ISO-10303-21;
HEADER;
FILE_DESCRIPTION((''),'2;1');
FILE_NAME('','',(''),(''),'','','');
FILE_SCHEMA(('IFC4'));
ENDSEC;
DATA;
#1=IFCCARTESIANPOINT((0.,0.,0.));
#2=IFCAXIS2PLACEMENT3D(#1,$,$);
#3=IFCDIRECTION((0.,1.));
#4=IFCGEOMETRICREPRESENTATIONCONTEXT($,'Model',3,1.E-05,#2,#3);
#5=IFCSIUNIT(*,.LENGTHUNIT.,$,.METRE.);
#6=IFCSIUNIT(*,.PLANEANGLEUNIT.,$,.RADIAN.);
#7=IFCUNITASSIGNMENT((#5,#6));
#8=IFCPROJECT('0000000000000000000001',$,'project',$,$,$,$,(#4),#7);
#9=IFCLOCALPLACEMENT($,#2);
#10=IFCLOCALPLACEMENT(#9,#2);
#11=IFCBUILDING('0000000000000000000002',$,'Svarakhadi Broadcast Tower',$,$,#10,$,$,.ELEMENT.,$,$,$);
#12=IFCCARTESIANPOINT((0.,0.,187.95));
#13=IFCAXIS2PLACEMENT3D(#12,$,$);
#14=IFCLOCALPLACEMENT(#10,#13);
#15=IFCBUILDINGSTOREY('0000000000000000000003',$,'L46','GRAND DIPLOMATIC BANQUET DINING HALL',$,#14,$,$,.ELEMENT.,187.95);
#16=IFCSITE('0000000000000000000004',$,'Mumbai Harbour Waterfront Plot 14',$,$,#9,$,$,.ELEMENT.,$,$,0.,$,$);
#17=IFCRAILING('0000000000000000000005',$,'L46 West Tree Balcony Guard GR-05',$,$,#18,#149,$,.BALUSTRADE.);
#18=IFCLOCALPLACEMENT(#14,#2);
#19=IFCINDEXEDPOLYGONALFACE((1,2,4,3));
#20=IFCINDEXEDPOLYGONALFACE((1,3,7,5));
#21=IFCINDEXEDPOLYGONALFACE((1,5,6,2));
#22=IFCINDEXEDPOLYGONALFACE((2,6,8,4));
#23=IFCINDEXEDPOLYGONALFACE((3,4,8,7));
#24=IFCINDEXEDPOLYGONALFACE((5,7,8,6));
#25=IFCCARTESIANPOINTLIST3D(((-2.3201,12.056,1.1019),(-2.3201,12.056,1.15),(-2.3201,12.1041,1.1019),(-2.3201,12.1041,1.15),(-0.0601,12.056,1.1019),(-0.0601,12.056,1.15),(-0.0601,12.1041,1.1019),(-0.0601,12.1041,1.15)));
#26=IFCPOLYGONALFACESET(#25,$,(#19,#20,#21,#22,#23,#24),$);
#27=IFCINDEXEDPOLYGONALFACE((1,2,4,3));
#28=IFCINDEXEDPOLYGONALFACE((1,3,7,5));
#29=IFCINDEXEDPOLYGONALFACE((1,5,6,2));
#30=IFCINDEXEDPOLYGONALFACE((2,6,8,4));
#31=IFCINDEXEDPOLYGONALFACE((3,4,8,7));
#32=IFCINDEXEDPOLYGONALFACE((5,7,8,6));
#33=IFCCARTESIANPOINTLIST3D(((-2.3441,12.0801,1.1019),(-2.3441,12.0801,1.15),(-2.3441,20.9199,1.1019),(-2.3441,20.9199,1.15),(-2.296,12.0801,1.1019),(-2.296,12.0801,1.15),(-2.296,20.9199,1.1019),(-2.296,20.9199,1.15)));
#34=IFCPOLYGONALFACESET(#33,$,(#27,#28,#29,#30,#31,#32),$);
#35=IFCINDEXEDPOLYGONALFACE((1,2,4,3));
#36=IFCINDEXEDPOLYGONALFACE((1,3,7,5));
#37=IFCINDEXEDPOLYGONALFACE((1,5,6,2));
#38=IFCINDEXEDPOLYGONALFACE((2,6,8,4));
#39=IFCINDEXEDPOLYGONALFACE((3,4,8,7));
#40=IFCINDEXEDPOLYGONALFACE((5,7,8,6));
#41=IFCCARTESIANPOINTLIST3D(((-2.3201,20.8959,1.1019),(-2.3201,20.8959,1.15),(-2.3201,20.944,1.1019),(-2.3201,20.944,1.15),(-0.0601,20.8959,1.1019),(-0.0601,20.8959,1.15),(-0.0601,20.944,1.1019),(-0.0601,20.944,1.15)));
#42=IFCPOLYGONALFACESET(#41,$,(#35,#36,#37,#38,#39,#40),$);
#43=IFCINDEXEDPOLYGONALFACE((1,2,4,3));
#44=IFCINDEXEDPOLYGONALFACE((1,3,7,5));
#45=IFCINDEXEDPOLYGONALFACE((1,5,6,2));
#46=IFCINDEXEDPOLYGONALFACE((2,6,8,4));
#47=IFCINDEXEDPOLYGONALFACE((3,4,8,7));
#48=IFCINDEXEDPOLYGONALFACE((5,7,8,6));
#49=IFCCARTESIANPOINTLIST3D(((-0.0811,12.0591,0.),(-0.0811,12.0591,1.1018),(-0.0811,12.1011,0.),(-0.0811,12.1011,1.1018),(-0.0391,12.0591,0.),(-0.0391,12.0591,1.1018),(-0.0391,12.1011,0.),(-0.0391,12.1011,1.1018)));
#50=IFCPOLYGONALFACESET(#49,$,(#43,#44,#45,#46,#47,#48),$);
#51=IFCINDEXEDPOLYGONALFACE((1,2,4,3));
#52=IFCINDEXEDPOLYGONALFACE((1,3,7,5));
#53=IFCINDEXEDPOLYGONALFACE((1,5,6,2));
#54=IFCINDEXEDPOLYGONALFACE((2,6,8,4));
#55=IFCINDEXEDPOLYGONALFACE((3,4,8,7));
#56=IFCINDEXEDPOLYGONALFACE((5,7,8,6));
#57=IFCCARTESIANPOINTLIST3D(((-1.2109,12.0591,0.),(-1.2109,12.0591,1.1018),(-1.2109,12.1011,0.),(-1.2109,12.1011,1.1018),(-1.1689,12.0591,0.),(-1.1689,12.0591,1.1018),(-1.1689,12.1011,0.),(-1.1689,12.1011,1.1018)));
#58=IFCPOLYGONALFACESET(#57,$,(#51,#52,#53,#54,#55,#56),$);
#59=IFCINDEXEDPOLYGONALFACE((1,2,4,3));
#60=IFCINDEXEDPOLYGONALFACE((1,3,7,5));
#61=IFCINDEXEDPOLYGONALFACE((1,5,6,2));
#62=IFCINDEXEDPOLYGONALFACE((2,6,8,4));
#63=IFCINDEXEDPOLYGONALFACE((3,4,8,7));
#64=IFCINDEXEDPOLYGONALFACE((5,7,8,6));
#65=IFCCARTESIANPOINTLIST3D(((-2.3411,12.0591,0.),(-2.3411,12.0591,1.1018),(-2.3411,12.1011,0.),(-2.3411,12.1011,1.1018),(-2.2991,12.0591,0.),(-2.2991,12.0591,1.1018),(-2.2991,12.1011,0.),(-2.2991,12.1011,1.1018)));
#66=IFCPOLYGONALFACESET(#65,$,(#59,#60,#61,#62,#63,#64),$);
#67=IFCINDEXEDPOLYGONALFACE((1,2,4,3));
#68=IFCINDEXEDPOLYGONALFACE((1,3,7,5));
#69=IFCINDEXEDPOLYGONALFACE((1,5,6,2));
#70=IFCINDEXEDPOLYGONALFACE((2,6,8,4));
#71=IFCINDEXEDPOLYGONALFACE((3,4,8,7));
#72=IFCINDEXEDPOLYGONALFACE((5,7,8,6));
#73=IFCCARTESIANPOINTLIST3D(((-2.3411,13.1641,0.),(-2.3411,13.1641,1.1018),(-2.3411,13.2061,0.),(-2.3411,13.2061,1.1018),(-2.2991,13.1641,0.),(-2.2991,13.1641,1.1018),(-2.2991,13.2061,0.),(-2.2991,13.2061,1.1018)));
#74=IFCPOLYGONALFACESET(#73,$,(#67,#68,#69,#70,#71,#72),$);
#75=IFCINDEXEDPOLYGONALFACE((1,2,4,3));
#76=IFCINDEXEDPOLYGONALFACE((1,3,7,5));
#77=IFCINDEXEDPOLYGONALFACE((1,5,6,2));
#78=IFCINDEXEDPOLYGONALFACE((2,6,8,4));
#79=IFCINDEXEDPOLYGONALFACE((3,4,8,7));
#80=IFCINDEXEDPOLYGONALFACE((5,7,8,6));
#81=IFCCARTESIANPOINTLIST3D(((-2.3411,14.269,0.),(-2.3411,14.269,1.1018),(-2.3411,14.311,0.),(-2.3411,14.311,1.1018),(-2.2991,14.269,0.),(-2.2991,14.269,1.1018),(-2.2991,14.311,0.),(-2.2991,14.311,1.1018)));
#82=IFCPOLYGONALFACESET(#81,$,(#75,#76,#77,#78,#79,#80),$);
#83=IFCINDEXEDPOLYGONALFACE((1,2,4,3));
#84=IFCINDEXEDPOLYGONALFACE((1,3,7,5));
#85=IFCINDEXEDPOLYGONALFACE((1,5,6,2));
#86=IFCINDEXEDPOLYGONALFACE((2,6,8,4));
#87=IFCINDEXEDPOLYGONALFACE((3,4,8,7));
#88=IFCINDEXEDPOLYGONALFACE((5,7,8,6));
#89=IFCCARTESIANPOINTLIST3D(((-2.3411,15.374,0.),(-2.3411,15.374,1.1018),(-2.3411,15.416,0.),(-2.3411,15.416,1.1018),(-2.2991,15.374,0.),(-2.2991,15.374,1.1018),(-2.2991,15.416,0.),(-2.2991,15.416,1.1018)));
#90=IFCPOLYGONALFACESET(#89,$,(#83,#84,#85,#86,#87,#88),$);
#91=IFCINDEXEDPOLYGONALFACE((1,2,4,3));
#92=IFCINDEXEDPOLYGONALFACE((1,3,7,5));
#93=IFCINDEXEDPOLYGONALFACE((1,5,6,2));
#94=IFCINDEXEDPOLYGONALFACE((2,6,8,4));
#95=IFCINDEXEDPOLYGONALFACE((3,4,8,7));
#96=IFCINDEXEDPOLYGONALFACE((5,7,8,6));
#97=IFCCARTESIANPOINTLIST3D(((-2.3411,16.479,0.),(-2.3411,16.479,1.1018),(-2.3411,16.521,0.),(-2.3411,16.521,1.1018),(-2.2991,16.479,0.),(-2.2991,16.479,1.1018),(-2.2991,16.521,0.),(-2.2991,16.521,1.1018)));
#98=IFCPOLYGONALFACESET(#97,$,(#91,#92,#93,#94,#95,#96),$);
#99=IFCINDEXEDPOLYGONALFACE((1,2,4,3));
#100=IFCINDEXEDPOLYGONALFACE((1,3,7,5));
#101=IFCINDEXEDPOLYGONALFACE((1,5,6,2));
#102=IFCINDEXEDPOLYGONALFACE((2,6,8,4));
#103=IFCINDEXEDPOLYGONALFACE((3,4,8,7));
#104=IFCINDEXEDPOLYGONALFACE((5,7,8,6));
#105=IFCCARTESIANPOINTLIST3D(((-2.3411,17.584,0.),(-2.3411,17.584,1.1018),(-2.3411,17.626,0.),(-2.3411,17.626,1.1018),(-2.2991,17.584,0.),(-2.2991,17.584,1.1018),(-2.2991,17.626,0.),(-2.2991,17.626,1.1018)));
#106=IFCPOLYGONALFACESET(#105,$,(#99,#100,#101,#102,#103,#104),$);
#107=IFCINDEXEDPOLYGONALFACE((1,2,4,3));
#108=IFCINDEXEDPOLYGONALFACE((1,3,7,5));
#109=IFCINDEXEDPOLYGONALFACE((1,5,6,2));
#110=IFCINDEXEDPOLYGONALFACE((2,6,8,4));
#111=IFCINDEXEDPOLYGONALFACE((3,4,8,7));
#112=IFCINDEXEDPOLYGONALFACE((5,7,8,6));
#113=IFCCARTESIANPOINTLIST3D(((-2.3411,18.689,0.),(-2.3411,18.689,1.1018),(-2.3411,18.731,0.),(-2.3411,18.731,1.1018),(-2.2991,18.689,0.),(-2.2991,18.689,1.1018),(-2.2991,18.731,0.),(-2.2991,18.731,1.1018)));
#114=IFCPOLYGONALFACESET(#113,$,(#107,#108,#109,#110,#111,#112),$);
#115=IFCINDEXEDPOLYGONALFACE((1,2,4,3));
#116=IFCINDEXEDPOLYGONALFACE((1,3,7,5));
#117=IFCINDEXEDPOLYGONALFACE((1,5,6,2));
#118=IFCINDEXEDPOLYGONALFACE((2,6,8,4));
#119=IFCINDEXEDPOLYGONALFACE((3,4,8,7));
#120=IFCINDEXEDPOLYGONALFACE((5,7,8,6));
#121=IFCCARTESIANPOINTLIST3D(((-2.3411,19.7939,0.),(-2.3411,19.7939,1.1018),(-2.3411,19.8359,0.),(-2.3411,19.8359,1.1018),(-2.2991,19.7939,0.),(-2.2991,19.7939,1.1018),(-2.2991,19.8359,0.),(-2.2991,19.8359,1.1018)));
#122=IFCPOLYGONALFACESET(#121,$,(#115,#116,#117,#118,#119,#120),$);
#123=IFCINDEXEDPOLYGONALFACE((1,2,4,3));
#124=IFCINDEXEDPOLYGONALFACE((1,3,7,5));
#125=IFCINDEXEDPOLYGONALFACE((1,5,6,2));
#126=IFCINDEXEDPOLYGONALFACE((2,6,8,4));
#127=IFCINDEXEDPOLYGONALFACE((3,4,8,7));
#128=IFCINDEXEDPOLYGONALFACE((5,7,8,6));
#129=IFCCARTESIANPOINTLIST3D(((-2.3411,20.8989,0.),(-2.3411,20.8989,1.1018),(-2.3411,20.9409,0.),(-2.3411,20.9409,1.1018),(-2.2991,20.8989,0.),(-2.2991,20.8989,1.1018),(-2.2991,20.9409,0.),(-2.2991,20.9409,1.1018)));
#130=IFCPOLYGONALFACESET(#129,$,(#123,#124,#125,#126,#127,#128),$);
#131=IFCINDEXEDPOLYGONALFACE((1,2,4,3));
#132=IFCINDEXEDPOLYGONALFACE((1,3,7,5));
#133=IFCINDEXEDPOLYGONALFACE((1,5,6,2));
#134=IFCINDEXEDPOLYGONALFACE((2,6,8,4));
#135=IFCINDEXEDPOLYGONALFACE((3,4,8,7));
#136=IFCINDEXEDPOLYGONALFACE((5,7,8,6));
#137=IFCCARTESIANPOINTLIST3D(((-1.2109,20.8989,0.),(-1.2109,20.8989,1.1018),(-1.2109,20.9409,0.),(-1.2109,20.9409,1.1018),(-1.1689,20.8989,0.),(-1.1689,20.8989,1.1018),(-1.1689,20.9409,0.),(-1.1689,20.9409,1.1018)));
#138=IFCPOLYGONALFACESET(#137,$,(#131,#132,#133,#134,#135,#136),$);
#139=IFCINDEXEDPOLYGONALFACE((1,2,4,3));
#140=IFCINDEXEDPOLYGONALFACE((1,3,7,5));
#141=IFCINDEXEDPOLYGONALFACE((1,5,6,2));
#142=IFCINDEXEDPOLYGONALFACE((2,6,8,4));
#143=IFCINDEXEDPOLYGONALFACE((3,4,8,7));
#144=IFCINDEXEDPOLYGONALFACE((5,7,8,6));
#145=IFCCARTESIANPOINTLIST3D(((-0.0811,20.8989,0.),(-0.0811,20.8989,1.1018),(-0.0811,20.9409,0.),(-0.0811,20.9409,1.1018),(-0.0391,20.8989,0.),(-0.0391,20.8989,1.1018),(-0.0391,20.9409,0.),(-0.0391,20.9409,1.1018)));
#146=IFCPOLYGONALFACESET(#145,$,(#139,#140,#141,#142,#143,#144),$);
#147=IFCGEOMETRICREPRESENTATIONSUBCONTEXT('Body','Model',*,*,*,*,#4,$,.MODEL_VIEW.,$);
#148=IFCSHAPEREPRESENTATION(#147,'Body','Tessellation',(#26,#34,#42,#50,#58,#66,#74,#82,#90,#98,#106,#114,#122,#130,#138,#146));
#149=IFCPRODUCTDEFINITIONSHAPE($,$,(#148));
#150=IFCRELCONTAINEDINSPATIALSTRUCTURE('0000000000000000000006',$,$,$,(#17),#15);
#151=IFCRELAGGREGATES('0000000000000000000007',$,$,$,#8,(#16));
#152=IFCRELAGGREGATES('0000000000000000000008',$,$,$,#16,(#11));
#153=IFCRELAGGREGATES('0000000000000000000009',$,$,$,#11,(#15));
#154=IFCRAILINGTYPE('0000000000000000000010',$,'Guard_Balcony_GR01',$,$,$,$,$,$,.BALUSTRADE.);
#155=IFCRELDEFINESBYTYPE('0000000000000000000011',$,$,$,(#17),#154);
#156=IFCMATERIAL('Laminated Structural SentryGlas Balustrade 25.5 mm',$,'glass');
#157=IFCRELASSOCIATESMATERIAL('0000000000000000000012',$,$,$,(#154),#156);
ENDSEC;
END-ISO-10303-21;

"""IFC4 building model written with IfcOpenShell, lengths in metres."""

from ifc_helpers import new_model, si_unit, direction, frame, origin, origin_2d, place, context, subcontext, project, spatial, rectangle, extrude, material, type_object, element, save


model = new_model("IFC4")

# Units and contexts
model_context = context("Model", 3, precision=1e-05, world=origin(), true_north=direction((0.0, 1.0)))
body_context = subcontext(model_context, "Body", "Model", "MODEL_VIEW")
ifc_project = project(units=[si_unit("LENGTHUNIT", "METRE"), si_unit("PLANEANGLEUNIT", "RADIAN")], contexts=[model_context])

# Site, building, storey
site_placement = place(None, origin())
site = spatial("IfcSite", under=ifc_project, at=site_placement, Name="Mumbai Harbour Waterfront Plot 14", CompositionType="ELEMENT", RefElevation=0.0)
building_placement = place(site_placement, origin())
building = spatial("IfcBuilding", under=site, at=building_placement, Name="Svarakhadi Broadcast Tower", CompositionType="ELEMENT")
storey_placement = place(building_placement, frame((0.0, 0.0, 187.95)))
storey = spatial("IfcBuildingStorey", under=building, at=storey_placement, Name="L46", Description="GRAND DIPLOMATIC BANQUET DINING HALL", CompositionType="ELEMENT", Elevation=187.95)

# Railing
ifc_material_1 = material(Name="Laminated Structural SentryGlas Balustrade 25.5 mm", Category="glass")
railing_type = type_object("IfcRailingType", Name="Guard_Balcony_GR01", PredefinedType="BALUSTRADE", material=ifc_material_1)
railing_placement = place(storey_placement, frame((-0.0601, 12.0801, 0.0)))
element("IfcRailing", 1, at=railing_placement, inside=storey, type_object=railing_type, Name="L46 West Tree Balcony Guard GR-05", PredefinedType="BALUSTRADE", context=body_context, shape_type="SweptSolid", body=[
    extrude(rectangle(XDim=0.0481, YDim=0.0481, at=origin_2d()), frame((0.0, 0.0, 1.126), z_axis=(-1.0, 0.0, 0.0), x_axis=(0.0, -1.0, 0.0)), (0.0, 0.0, 1.0), 2.26),
    extrude(rectangle(XDim=0.0481, YDim=0.0481, at=origin_2d()), frame((-2.26, 0.0, 1.126), z_axis=(0.0, 1.0, 0.0), x_axis=(-1.0, 0.0, 0.0)), (0.0, 0.0, 1.0), 8.8398),
    extrude(rectangle(XDim=0.0481, YDim=0.0481, at=origin_2d()), frame((-2.26, 8.8398, 1.126), z_axis=(1.0, 0.0, 0.0), x_axis=(0.0, 1.0, 0.0)), (0.0, 0.0, 1.0), 2.26),
    extrude(rectangle(XDim=0.042, YDim=0.042, at=origin_2d()), origin(), (0.0, 0.0, 1.0), 1.1018),
    extrude(rectangle(XDim=0.042, YDim=0.042, at=origin_2d()), frame((-1.1299, 0.0, 0.0)), (0.0, 0.0, 1.0), 1.1018),
    extrude(rectangle(XDim=0.042, YDim=0.042, at=origin_2d()), frame((-2.26, 0.0, 0.0)), (0.0, 0.0, 1.0), 1.1018),
    extrude(rectangle(XDim=0.042, YDim=0.042, at=origin_2d()), frame((-2.26, 1.105, 0.0)), (0.0, 0.0, 1.0), 1.1018),
    extrude(rectangle(XDim=0.042, YDim=0.042, at=origin_2d()), frame((-2.26, 2.21, 0.0)), (0.0, 0.0, 1.0), 1.1018),
    extrude(rectangle(XDim=0.042, YDim=0.042, at=origin_2d()), frame((-2.26, 3.3149, 0.0)), (0.0, 0.0, 1.0), 1.1018),
    extrude(rectangle(XDim=0.042, YDim=0.042, at=origin_2d()), frame((-2.26, 4.4199, 0.0)), (0.0, 0.0, 1.0), 1.1018),
    extrude(rectangle(XDim=0.042, YDim=0.042, at=origin_2d()), frame((-2.26, 5.5249, 0.0)), (0.0, 0.0, 1.0), 1.1018),
    extrude(rectangle(XDim=0.042, YDim=0.042, at=origin_2d()), frame((-2.26, 6.6299, 0.0)), (0.0, 0.0, 1.0), 1.1018),
    extrude(rectangle(XDim=0.042, YDim=0.042, at=origin_2d()), frame((-2.26, 7.7349, 0.0)), (0.0, 0.0, 1.0), 1.1018),
    extrude(rectangle(XDim=0.042, YDim=0.042, at=origin_2d()), frame((-2.26, 8.8398, 0.0)), (0.0, 0.0, 1.0), 1.1018),
    extrude(rectangle(XDim=0.042, YDim=0.042, at=origin_2d()), frame((-1.1299, 8.8398, 0.0)), (0.0, 0.0, 1.0), 1.1018),
    extrude(rectangle(XDim=0.042, YDim=0.042, at=origin_2d()), frame((0.0, 8.8398, 0.0)), (0.0, 0.0, 1.0), 1.1018),
])

save(model, "model.ifc")
